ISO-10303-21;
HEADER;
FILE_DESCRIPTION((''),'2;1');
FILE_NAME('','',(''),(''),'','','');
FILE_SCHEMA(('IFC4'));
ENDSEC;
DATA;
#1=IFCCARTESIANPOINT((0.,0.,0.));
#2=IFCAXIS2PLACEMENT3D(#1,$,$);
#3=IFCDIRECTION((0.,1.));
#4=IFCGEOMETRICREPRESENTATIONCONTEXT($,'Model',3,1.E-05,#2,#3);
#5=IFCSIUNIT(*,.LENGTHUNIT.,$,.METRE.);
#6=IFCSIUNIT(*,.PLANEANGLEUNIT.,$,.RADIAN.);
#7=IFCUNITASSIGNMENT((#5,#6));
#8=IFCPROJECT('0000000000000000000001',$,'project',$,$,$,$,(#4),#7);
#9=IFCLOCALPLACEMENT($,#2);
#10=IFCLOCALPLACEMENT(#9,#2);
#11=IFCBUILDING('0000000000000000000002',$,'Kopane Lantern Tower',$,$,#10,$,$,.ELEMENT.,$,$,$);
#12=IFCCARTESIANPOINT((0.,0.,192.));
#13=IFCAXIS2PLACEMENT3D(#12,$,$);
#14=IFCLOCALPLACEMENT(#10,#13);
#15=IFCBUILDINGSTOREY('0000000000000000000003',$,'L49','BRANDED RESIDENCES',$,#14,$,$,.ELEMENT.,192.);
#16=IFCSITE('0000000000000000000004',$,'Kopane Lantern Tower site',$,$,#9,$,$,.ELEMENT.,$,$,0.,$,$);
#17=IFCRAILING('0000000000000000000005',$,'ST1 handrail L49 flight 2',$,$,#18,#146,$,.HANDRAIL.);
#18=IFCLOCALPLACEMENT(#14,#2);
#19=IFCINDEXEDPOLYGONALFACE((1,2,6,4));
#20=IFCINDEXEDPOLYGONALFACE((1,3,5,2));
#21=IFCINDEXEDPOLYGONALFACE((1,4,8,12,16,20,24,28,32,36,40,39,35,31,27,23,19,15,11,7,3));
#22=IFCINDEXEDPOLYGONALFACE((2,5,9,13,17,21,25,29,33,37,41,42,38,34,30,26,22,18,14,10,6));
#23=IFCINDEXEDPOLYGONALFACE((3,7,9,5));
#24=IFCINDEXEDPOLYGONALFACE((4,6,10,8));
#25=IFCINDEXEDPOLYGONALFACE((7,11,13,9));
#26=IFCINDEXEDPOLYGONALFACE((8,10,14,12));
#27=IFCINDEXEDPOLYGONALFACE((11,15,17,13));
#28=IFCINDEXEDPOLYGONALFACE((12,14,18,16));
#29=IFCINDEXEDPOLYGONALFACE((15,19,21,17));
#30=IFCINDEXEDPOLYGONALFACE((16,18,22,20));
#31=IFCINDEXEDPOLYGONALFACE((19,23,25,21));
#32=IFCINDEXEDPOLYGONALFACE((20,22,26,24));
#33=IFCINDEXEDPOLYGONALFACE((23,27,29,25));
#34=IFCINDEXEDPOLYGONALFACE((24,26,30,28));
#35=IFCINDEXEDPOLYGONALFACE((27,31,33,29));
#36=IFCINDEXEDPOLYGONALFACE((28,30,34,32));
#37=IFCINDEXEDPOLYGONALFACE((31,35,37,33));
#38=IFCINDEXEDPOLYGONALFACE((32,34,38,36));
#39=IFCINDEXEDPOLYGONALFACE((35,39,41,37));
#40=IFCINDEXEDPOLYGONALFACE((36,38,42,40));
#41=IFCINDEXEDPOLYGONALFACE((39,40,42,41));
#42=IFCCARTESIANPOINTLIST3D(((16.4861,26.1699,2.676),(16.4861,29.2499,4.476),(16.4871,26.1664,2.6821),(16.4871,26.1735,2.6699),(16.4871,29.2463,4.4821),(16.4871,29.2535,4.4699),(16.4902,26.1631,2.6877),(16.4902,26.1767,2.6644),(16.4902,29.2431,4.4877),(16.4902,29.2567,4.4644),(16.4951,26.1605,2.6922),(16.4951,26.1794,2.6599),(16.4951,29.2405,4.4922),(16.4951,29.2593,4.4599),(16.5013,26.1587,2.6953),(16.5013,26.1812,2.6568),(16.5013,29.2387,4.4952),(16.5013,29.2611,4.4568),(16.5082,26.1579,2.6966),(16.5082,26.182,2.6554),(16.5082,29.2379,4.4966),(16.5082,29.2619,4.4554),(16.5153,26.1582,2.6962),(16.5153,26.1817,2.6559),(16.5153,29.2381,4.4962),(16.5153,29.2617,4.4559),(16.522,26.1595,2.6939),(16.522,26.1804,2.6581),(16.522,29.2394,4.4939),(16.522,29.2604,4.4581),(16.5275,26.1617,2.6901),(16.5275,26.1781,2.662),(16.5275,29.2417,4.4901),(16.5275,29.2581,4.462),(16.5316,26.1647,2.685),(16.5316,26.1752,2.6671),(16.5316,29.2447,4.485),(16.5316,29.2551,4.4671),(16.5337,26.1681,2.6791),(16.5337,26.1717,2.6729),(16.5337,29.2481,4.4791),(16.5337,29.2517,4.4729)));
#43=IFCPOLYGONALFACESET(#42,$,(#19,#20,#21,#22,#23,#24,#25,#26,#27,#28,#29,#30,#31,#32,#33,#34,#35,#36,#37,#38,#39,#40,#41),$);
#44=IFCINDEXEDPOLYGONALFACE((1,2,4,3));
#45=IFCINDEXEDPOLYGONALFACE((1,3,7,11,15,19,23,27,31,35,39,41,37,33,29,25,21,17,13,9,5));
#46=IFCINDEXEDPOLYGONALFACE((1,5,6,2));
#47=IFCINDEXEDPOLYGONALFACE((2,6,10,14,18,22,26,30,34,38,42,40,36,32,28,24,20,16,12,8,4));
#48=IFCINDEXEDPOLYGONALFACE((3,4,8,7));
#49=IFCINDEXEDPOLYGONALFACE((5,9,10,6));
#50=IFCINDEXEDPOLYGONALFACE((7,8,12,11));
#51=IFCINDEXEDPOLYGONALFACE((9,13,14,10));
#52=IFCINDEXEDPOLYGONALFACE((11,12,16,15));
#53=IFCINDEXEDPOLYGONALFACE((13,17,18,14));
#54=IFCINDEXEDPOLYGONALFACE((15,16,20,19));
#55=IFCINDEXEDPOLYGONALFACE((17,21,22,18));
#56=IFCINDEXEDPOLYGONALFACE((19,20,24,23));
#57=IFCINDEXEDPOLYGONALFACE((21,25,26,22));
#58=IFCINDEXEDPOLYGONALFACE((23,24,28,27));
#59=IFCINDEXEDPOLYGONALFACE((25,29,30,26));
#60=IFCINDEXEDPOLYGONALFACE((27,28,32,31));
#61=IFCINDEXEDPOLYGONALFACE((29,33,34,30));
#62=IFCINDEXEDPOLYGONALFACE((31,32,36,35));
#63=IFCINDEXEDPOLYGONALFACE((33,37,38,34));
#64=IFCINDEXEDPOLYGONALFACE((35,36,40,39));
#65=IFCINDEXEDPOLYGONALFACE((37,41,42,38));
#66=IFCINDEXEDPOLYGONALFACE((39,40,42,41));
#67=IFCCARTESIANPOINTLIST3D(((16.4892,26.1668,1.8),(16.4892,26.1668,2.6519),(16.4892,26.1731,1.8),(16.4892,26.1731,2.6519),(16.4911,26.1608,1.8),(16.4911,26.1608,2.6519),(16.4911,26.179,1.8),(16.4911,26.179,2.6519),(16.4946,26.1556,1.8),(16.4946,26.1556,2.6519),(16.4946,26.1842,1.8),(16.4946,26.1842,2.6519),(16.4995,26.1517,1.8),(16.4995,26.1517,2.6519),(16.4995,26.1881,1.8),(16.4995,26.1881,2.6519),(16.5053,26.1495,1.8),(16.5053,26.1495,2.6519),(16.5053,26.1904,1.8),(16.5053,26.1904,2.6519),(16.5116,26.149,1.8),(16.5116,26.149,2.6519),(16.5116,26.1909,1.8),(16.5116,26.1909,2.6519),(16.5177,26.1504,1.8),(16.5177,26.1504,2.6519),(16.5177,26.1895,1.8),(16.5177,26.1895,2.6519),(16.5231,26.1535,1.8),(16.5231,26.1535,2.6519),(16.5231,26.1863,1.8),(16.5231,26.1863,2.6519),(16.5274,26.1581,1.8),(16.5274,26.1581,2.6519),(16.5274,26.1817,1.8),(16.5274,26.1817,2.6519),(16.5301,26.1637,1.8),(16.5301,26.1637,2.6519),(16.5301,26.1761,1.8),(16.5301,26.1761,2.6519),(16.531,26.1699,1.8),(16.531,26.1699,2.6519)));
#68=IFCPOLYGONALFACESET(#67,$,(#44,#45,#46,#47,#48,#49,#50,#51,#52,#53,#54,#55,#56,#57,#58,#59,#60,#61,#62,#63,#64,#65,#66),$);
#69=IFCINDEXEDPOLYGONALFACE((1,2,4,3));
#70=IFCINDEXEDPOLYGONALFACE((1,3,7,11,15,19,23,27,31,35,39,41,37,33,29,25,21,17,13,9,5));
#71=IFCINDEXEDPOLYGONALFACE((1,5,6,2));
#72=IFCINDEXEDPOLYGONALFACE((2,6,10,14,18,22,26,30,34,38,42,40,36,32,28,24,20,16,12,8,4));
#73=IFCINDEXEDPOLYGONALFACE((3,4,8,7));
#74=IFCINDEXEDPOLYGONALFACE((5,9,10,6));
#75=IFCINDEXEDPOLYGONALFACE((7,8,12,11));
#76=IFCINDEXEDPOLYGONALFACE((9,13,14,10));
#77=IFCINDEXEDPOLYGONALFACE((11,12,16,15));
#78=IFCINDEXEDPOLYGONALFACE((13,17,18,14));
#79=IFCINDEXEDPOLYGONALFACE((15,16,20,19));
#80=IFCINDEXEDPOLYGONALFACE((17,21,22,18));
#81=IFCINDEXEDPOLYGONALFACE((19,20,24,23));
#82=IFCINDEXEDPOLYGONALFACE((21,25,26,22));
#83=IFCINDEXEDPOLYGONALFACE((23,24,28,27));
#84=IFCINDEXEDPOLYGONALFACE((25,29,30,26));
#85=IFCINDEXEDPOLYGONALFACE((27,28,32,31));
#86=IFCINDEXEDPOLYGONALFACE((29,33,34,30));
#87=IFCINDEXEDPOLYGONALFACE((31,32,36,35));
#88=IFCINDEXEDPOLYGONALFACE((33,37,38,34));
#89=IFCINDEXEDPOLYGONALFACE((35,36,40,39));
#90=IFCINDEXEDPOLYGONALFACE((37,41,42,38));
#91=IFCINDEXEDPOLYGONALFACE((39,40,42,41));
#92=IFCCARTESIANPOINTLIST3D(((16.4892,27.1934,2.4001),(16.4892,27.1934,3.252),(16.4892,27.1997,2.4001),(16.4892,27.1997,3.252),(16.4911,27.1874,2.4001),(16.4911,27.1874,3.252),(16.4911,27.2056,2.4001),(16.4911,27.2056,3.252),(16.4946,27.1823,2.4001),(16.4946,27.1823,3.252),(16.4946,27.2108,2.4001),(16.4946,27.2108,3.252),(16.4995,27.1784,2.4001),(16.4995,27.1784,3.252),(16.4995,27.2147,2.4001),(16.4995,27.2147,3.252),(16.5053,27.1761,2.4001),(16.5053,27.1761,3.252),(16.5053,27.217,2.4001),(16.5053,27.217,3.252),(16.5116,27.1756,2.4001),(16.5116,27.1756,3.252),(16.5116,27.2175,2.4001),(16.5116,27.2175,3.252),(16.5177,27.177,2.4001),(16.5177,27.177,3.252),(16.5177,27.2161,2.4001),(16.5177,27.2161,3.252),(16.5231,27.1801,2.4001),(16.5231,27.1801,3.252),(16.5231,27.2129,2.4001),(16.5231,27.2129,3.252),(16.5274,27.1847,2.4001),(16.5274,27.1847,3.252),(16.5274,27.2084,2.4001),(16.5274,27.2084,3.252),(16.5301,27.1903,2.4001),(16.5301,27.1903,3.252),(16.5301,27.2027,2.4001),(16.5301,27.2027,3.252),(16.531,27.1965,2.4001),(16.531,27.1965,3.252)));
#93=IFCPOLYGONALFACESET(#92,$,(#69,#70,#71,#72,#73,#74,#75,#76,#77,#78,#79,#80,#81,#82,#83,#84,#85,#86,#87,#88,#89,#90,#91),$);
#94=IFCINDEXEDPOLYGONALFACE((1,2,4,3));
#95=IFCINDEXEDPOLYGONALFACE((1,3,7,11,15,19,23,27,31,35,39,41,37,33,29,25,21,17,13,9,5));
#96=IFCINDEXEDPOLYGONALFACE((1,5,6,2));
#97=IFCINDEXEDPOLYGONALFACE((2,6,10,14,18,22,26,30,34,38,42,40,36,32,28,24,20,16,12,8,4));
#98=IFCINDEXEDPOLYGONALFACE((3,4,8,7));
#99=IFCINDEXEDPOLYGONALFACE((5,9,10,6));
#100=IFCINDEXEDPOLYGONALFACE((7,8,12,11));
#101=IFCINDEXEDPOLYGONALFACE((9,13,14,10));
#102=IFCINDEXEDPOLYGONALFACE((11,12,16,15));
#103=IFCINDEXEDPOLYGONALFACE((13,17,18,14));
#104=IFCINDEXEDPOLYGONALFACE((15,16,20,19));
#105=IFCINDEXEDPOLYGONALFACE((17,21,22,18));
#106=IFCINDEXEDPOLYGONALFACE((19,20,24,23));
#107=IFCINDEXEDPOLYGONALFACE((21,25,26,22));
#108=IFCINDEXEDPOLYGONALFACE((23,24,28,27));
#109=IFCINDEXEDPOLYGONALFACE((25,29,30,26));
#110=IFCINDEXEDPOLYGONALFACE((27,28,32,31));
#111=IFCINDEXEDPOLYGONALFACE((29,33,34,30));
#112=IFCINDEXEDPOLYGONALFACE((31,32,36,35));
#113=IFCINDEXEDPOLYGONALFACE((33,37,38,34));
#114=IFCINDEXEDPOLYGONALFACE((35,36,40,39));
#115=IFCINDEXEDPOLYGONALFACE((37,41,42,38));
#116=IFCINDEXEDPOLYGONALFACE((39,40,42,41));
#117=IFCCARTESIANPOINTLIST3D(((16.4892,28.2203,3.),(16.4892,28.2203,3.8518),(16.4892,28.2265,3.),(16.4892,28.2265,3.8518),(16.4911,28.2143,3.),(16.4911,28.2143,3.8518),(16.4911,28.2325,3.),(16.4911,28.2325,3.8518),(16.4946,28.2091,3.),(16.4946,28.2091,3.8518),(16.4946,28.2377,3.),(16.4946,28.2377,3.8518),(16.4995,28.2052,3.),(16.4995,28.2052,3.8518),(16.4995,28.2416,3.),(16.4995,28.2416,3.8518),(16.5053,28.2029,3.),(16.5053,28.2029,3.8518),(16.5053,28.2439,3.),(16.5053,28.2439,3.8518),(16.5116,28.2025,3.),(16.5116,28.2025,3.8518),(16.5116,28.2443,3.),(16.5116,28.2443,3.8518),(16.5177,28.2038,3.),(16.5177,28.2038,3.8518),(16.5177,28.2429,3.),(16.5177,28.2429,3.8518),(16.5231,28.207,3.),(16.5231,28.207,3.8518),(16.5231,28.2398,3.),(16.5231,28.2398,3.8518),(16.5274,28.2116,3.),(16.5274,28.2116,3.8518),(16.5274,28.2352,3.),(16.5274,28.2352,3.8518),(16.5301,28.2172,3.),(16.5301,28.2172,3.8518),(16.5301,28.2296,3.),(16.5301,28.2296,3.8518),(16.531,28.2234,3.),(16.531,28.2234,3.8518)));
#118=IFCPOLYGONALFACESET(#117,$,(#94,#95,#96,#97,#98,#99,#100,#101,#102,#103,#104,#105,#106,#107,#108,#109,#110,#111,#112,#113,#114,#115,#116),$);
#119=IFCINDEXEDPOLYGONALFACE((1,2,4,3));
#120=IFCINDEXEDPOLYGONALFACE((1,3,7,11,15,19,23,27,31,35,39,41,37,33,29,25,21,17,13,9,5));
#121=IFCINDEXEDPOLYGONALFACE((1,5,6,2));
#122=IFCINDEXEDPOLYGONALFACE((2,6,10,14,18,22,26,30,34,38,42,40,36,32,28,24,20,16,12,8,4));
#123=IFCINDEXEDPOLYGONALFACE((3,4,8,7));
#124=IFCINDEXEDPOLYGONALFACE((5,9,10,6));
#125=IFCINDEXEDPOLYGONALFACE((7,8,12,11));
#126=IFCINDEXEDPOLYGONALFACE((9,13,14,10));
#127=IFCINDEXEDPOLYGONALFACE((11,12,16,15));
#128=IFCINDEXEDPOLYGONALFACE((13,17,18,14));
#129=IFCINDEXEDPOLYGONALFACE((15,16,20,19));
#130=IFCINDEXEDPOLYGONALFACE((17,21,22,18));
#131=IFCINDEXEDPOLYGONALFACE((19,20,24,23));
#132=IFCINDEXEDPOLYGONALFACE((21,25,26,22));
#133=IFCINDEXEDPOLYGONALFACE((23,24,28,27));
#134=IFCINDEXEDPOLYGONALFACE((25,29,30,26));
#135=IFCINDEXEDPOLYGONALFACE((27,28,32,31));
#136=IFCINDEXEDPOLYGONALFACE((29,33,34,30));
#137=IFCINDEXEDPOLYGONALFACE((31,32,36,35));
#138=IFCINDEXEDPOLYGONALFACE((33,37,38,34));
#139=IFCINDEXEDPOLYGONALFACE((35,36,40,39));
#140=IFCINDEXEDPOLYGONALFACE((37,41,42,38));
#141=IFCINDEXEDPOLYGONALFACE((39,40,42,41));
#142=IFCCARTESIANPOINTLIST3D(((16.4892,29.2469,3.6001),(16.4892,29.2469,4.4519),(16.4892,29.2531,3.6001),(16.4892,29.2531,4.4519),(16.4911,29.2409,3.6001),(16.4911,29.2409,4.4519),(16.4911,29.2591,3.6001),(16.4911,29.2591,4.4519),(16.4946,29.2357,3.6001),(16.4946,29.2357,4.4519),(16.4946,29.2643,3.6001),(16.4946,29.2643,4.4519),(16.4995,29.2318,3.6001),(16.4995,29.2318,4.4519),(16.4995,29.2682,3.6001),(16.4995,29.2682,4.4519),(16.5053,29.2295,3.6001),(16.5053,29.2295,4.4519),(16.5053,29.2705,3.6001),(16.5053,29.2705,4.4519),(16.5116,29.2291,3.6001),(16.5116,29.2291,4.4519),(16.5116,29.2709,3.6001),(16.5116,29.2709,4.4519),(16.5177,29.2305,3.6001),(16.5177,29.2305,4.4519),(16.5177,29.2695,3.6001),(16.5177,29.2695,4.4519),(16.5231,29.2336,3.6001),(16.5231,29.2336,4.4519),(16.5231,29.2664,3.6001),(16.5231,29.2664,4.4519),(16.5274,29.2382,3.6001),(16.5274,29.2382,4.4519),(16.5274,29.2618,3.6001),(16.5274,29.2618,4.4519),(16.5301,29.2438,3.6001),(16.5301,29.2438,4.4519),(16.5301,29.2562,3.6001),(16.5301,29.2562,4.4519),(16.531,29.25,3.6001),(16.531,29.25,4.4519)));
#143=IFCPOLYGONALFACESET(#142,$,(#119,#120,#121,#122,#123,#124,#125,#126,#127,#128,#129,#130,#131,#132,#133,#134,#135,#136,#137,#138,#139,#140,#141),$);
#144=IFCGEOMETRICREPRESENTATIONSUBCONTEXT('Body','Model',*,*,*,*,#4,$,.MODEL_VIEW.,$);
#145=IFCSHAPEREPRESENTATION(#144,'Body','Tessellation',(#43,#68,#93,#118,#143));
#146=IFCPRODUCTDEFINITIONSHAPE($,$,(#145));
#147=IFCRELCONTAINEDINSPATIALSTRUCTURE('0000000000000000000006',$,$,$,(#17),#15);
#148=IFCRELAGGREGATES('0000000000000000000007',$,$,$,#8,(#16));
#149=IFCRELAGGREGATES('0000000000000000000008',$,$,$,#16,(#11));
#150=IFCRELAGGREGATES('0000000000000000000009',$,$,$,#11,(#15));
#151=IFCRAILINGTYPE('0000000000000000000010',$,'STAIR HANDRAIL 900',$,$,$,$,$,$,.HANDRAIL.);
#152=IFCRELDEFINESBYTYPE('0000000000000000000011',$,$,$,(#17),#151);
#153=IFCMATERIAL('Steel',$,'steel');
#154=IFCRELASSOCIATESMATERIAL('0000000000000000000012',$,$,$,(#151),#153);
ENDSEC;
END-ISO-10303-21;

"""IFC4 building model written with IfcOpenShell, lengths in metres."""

from ifc_helpers import new_model, si_unit, direction, frame, origin, origin_2d, place, context, subcontext, project, spatial, circle, extrude, material, type_object, element, save


model = new_model("IFC4")

# Units and contexts
model_context = context("Model", 3, precision=1e-05, world=origin(), true_north=direction((0.0, 1.0)))
body_context = subcontext(model_context, "Body", "Model", "MODEL_VIEW")
ifc_project = project(units=[si_unit("LENGTHUNIT", "METRE"), si_unit("PLANEANGLEUNIT", "RADIAN")], contexts=[model_context])

# Site, building, storey
site_placement = place(None, origin())
site = spatial("IfcSite", under=ifc_project, at=site_placement, Name="Kopane Lantern Tower site", CompositionType="ELEMENT", RefElevation=0.0)
building_placement = place(site_placement, origin())
building = spatial("IfcBuilding", under=site, at=building_placement, Name="Kopane Lantern Tower", CompositionType="ELEMENT")
storey_placement = place(building_placement, frame((0.0, 0.0, 192.0)))
storey = spatial("IfcBuildingStorey", under=building, at=storey_placement, Name="L49", Description="BRANDED RESIDENCES", CompositionType="ELEMENT", Elevation=192.0)

# Railing
ifc_material_1 = material(Name="Steel", Category="steel")
railing_type_1 = type_object("IfcRailingType", Name="STAIR HANDRAIL 900", PredefinedType="HANDRAIL", material=ifc_material_1)
for number, where, name in (
    (1, (16.51, 26.1699, 1.8), "ST1 handrail L49 flight 2"),
):
    element("IfcRailing", number, at=place(storey_placement, frame(where)), inside=storey, type_object=railing_type_1, Name=name, PredefinedType="HANDRAIL", context=body_context, shape_type="SweptSolid", body=[
        extrude(circle(Radius=0.0239, at=origin_2d()), frame((0.0, 0.0, 0.876), z_axis=(0.0, 0.863372, 0.504569), x_axis=(-1.0, 0.0, 0.0)), (0.0, 0.0, 1.0), 3.5674),
        extrude(circle(Radius=0.021, at=origin_2d()), origin(), (0.0, 0.0, 1.0), 0.8518),
        extrude(circle(Radius=0.021, at=origin_2d()), frame((0.0, 1.0266, 0.6001)), (0.0, 0.0, 1.0), 0.8518),
        extrude(circle(Radius=0.021, at=origin_2d()), frame((0.0, 2.0535, 1.2)), (0.0, 0.0, 1.0), 0.8518),
        extrude(circle(Radius=0.021, at=origin_2d()), frame((0.0, 3.0801, 1.8)), (0.0, 0.0, 1.0), 0.8518),
    ])

save(model, "model.ifc")
